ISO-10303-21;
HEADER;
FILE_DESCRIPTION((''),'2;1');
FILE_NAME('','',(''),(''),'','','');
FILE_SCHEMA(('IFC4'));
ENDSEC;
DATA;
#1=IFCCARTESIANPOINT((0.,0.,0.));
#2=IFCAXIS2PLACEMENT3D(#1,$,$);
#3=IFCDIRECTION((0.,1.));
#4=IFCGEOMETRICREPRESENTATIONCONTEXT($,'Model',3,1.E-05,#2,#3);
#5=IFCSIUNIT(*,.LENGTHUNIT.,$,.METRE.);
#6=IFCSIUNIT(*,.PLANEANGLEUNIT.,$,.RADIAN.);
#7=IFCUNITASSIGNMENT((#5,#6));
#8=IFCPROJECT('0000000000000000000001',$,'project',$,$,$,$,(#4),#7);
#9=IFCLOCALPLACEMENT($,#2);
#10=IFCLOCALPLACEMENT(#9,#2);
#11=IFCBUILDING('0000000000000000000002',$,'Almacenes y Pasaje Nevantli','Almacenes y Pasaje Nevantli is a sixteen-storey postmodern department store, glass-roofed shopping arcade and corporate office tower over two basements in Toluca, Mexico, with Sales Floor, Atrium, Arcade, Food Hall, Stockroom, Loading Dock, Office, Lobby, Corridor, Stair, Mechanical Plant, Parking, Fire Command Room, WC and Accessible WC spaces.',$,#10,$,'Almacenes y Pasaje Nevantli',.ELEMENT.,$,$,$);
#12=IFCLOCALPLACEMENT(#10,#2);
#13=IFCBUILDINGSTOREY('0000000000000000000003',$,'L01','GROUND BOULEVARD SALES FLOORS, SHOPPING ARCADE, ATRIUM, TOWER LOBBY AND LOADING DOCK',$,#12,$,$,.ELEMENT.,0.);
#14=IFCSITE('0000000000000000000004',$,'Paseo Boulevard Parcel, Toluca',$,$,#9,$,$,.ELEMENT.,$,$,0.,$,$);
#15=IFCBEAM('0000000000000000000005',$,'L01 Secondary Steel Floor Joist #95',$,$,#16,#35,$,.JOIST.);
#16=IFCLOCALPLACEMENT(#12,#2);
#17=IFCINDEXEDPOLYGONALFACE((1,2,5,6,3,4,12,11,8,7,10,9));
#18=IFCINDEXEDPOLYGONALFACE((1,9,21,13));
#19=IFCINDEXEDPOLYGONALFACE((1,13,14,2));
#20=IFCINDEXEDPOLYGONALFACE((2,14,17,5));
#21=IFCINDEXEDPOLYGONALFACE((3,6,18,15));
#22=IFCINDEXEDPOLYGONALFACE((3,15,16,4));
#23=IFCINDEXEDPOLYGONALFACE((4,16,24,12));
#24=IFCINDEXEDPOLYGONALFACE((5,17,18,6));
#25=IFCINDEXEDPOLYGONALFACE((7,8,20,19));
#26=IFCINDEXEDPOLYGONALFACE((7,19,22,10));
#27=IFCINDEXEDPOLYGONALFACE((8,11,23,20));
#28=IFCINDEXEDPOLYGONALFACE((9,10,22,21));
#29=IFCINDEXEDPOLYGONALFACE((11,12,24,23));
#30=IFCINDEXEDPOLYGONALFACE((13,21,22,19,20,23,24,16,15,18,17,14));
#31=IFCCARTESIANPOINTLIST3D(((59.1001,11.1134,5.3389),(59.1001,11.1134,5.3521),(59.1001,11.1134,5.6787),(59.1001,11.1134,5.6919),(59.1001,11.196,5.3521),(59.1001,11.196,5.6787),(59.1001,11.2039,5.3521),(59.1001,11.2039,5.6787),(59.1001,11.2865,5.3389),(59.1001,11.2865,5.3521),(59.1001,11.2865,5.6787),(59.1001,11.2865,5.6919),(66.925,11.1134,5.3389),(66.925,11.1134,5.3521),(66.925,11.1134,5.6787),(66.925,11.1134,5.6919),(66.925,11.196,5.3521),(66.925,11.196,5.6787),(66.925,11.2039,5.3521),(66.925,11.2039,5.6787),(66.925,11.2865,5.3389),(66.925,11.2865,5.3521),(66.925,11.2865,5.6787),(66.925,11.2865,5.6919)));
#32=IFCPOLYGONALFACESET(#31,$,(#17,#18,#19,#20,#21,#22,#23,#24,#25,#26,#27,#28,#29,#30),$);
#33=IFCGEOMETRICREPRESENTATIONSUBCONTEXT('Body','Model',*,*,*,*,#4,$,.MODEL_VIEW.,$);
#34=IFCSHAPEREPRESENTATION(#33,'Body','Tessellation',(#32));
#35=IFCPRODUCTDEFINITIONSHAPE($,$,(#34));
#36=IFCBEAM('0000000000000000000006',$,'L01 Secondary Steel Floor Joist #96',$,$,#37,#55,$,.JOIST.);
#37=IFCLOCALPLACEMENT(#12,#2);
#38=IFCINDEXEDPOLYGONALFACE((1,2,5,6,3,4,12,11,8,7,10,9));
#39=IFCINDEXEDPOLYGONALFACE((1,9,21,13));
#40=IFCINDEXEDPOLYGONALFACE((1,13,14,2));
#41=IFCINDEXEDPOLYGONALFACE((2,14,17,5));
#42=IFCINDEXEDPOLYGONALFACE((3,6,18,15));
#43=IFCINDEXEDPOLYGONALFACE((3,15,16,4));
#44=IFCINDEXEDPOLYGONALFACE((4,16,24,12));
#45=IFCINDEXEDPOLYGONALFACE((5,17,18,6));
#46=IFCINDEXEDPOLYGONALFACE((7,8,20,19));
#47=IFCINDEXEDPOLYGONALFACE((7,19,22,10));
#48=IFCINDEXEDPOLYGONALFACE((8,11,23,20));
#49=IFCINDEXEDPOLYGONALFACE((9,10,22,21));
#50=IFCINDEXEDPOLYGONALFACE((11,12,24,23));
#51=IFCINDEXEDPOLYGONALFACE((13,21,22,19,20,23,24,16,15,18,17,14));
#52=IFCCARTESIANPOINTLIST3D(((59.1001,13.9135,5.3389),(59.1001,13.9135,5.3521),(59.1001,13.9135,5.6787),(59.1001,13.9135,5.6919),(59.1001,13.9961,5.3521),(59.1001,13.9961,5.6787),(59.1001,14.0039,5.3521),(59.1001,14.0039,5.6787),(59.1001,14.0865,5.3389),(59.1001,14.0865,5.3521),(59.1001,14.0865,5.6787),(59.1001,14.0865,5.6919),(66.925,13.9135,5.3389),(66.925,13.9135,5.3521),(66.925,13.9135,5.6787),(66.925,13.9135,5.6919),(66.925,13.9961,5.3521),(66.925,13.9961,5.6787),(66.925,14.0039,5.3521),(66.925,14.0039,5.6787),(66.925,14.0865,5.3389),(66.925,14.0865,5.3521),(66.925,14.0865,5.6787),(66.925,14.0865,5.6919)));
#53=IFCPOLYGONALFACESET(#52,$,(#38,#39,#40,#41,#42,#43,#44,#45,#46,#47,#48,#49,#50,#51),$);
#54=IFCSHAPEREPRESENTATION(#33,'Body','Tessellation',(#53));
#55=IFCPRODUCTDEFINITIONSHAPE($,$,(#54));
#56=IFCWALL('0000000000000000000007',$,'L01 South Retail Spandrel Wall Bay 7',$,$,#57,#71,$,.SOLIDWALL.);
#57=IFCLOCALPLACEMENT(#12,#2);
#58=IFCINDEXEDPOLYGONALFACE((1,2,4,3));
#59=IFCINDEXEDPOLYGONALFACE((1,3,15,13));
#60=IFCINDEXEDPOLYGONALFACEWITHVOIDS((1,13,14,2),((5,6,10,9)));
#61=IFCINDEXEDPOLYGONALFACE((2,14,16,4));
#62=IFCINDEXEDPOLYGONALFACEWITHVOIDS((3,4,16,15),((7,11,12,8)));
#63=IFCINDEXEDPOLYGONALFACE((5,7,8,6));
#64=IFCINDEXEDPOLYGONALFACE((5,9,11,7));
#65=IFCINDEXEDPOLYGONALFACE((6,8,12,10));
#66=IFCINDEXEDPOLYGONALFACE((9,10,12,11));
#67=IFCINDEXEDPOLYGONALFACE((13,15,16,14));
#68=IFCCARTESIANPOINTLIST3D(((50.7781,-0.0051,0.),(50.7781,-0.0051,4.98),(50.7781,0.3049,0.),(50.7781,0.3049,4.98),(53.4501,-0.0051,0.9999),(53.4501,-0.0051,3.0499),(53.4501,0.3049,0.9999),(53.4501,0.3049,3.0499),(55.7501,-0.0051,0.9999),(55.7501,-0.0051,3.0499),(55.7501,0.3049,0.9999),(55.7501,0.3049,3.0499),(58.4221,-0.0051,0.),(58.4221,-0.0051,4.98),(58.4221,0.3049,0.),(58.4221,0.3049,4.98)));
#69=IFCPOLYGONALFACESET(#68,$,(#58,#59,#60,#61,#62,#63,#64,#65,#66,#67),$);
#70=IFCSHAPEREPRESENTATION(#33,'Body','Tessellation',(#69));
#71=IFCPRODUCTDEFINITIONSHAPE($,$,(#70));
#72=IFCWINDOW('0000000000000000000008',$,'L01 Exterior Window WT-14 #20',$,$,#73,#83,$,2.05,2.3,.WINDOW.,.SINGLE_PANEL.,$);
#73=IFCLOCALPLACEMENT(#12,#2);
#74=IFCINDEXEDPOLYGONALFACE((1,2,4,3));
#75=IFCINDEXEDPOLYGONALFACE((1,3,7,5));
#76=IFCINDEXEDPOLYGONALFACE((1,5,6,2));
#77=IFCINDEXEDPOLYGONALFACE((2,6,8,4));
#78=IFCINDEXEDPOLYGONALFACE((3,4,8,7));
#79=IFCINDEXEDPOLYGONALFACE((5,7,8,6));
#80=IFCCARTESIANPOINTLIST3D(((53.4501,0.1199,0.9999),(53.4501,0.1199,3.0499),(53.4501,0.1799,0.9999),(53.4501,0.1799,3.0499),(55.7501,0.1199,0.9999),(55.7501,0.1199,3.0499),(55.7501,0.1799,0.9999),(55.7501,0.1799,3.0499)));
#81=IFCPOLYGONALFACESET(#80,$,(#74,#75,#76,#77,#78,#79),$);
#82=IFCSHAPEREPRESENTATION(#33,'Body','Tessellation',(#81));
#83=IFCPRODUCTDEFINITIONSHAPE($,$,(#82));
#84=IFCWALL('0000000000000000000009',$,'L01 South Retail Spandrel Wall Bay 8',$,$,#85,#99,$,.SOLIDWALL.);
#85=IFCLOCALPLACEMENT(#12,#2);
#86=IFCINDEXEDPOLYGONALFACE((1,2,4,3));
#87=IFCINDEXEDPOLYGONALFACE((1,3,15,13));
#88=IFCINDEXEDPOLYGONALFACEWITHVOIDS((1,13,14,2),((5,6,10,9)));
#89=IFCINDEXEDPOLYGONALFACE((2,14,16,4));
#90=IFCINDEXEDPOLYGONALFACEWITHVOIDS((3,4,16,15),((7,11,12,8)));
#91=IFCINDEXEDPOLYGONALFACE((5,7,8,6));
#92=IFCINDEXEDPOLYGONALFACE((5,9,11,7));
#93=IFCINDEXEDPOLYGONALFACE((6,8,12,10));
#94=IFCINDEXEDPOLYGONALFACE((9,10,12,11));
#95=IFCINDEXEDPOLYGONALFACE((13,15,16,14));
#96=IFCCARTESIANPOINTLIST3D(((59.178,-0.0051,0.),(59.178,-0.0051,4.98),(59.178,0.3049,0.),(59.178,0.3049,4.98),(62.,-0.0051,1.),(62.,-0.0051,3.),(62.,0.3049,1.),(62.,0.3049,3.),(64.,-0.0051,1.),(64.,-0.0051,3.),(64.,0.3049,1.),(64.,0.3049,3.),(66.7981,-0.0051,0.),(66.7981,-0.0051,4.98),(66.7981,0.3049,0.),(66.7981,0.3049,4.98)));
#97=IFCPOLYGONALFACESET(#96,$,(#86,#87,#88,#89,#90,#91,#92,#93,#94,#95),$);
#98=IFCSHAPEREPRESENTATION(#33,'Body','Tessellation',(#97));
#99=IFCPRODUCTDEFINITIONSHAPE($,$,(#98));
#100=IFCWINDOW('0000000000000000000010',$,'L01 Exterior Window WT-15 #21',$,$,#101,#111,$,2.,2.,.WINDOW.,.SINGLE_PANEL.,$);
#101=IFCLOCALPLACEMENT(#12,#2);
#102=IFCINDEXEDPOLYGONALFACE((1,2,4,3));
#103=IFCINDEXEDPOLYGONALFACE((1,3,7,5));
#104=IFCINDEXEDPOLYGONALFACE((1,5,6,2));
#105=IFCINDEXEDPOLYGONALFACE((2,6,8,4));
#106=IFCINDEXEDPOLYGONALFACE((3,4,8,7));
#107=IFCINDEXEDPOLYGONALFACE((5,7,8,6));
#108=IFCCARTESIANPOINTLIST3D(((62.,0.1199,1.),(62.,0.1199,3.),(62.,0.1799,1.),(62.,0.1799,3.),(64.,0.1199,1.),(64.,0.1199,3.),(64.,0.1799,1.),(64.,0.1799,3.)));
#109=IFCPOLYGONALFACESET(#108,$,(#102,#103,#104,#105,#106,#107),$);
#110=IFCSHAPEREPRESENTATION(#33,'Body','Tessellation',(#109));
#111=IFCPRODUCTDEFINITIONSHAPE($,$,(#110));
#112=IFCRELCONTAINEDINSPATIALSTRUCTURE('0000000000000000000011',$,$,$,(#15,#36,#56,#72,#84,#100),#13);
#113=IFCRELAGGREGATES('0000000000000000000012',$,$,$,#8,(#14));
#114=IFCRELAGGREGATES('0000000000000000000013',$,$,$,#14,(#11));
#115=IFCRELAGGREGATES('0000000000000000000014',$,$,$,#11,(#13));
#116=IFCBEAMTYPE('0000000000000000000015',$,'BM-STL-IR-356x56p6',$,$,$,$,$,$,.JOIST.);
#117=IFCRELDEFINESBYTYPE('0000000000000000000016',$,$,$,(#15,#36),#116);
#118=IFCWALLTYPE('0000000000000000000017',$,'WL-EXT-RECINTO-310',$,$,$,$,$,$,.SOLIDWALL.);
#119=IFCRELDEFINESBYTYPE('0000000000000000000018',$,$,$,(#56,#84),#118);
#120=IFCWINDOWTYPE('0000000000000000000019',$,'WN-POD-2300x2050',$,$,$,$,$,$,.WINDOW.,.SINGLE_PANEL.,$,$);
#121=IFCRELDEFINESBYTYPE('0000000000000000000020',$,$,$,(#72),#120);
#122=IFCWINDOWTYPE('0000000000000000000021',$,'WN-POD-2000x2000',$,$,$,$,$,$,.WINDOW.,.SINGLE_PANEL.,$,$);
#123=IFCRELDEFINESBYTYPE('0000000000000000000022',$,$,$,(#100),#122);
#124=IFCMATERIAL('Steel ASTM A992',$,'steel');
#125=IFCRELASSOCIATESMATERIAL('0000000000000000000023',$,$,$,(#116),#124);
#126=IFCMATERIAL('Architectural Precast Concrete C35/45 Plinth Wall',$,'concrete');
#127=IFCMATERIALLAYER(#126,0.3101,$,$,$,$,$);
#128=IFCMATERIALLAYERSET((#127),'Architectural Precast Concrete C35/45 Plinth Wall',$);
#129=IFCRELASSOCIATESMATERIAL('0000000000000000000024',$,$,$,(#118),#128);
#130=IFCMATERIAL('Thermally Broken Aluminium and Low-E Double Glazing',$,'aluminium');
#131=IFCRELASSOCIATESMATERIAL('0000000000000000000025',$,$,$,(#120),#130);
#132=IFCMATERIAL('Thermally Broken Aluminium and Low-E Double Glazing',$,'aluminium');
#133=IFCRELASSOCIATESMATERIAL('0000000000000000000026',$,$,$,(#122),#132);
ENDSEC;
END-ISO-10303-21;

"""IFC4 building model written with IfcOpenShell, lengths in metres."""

from ifc_helpers import new_model, si_unit, direction, frame, frame_2d, origin, origin_2d, place, context, subcontext, project, spatial, rectangle, i_section, extrude, material, layer, layer_set, material_profile, profile_set, type_object, element, fill, save


model = new_model("IFC4")

# Units and contexts
model_context = context("Model", 3, precision=1e-05, world=origin(), true_north=direction((0.0, 1.0)))
body_context = subcontext(model_context, "Body", "Model", "MODEL_VIEW")
ifc_project = project(units=[si_unit("LENGTHUNIT", "METRE"), si_unit("PLANEANGLEUNIT", "RADIAN")], contexts=[model_context])

# Site, building, storey
site_placement = place(None, origin())
site = spatial("IfcSite", under=ifc_project, at=site_placement, Name="Paseo Boulevard Parcel, Toluca", CompositionType="ELEMENT", RefElevation=0.0)
building_placement = place(site_placement, origin())
building = spatial("IfcBuilding", under=site, at=building_placement, Name="Almacenes y Pasaje Nevantli", Description="Almacenes y Pasaje Nevantli is a sixteen-storey postmodern department store, glass-roofed shopping arcade and corporate office tower over two basements in Toluca, Mexico, with Sales Floor, Atrium, Arcade, Food Hall, Stockroom, Loading Dock, Office, Lobby, Corridor, Stair, Mechanical Plant, Parking, Fire Command Room, WC and Accessible WC spaces.", LongName="Almacenes y Pasaje Nevantli", CompositionType="ELEMENT")
storey_placement = place(building_placement, origin())
storey = spatial("IfcBuildingStorey", under=building, at=storey_placement, Name="L01", Description="GROUND BOULEVARD SALES FLOORS, SHOPPING ARCADE, ATRIUM, TOWER LOBBY AND LOADING DOCK", CompositionType="ELEMENT", Elevation=0.0)

# Beams
ifc_material_1 = material(Name="Steel ASTM A992", Category="steel")
ifc_material_profile_1 = material_profile(ifc_material_1, i_section(OverallWidth=0.1731, OverallDepth=0.353, WebThickness=0.0078, FlangeThickness=0.0132, at=origin_2d()), Name="IR 356x56.6")
ifc_profile_set_1 = profile_set([ifc_material_profile_1], Name="Steel ASTM A992")
beam_type_1 = type_object("IfcBeamType", Name="BM-STL-IR-356x56p6", PredefinedType="JOIST", material=ifc_profile_set_1)
for number, where, z_axis, x_axis, name in (
    (1, (59.1001, 11.2, 5.5154), (1.0, 0.0, 0.0), (0.0, 1.0, 0.0), "L01 Secondary Steel Floor Joist #95"),
    (2, (59.1001, 14.0, 5.5154), (1.0, 0.0, 0.0), (0.0, 1.0, 0.0), "L01 Secondary Steel Floor Joist #96"),
):
    element("IfcBeam", number, at=place(storey_placement, frame(where, z_axis=z_axis, x_axis=x_axis)), inside=storey, type_object=beam_type_1, Name=name, PredefinedType="JOIST", context=body_context, shape_type="SweptSolid", body=[
        extrude(i_section(OverallWidth=0.1731, OverallDepth=0.353, WebThickness=0.0078, FlangeThickness=0.0132, at=origin_2d()), origin(), (0.0, 0.0, 1.0), 7.825),
    ])

# Walls, openings, windows
ifc_material_2 = material(Name="Architectural Precast Concrete C35/45 Plinth Wall", Category="concrete")
ifc_layer_1 = layer(ifc_material_2, 0.3101)
ifc_layer_set_1 = layer_set([ifc_layer_1], Name="Architectural Precast Concrete C35/45 Plinth Wall")
wall_type = type_object("IfcWallType", Name="WL-EXT-RECINTO-310", PredefinedType="SOLIDWALL", material=ifc_layer_set_1)
wall_1_placement = place(storey_placement, frame((50.7781, 0.1499, 0.0), z_axis=(0.0, 0.0, 1.0), x_axis=(1.0, 0.0, 0.0)))
wall_1 = element("IfcWall", 3, at=wall_1_placement, inside=storey, type_object=wall_type, Name="L01 South Retail Spandrel Wall Bay 7", PredefinedType="SOLIDWALL", context=body_context, shape_type="SweptSolid", body=[
    extrude(rectangle(XDim=7.644, YDim=0.3101, at=frame_2d((3.822, 0.0))), origin(), (0.0, 0.0, 1.0), 4.98),
])
opening_1_placement = place(wall_1_placement, frame((2.6721, 0.0, 1.0)))
opening_1 = element("IfcOpeningElement", 4, at=opening_1_placement, cuts=wall_1, PredefinedType="OPENING", context=body_context, shape_type="SweptSolid", body=[
    extrude(rectangle(XDim=2.3, YDim=2.05, at=frame_2d((1.1499, 1.0249))), frame((0.0, 0.165, 0.0), z_axis=(0.0, -1.0, 0.0), x_axis=(1.0, 0.0, 0.0)), (0.0, 0.0, 1.0), 0.3301),
])
ifc_material_3 = material(Name="Thermally Broken Aluminium and Low-E Double Glazing", Category="aluminium")
window_type_1 = type_object("IfcWindowType", Name="WN-POD-2300x2050", PartitioningType="SINGLE_PANEL", PredefinedType="WINDOW", material=ifc_material_3)
window_1_placement = place(opening_1_placement, origin())
window_1 = element("IfcWindow", 5, at=window_1_placement, inside=storey, type_object=window_type_1, Name="L01 Exterior Window WT-14 #20", OverallHeight=2.05, OverallWidth=2.3, PartitioningType="SINGLE_PANEL", PredefinedType="WINDOW", context=body_context, shape_type="SweptSolid", body=[
    extrude(rectangle(XDim=2.3, YDim=2.05, at=frame_2d((1.1499, 1.0249))), frame((0.0, 0.03, 0.0), z_axis=(0.0, -1.0, 0.0), x_axis=(1.0, 0.0, 0.0)), (0.0, 0.0, 1.0), 0.0601),
])
fill(opening_1, window_1)
wall_2_placement = place(storey_placement, frame((59.178, 0.1499, 0.0), z_axis=(0.0, 0.0, 1.0), x_axis=(1.0, 0.0, 0.0)))
wall_2 = element("IfcWall", 6, at=wall_2_placement, inside=storey, type_object=wall_type, Name="L01 South Retail Spandrel Wall Bay 8", PredefinedType="SOLIDWALL", context=body_context, shape_type="SweptSolid", body=[
    extrude(rectangle(XDim=7.6201, YDim=0.3101, at=frame_2d((3.8101, 0.0))), origin(), (0.0, 0.0, 1.0), 4.98),
])
opening_2_placement = place(wall_2_placement, frame((2.822, 0.0, 1.0)))
opening_2 = element("IfcOpeningElement", 7, at=opening_2_placement, cuts=wall_2, PredefinedType="OPENING", context=body_context, shape_type="SweptSolid", body=[
    extrude(rectangle(XDim=2.0, YDim=2.0, at=frame_2d((1.0, 1.0))), frame((0.0, 0.165, 0.0), z_axis=(0.0, -1.0, 0.0), x_axis=(1.0, 0.0, 0.0)), (0.0, 0.0, 1.0), 0.3301),
])
ifc_material_4 = material(Name="Thermally Broken Aluminium and Low-E Double Glazing", Category="aluminium")
window_type_2 = type_object("IfcWindowType", Name="WN-POD-2000x2000", PartitioningType="SINGLE_PANEL", PredefinedType="WINDOW", material=ifc_material_4)
window_2_placement = place(opening_2_placement, origin())
window_2 = element("IfcWindow", 8, at=window_2_placement, inside=storey, type_object=window_type_2, Name="L01 Exterior Window WT-15 #21", OverallHeight=2.0, OverallWidth=2.0, PartitioningType="SINGLE_PANEL", PredefinedType="WINDOW", context=body_context, shape_type="SweptSolid", body=[
    extrude(rectangle(XDim=2.0, YDim=2.0, at=frame_2d((1.0, 1.0))), frame((0.0, 0.03, 0.0), z_axis=(0.0, -1.0, 0.0), x_axis=(1.0, 0.0, 0.0)), (0.0, 0.0, 1.0), 0.0601),
])
fill(opening_2, window_2)

save(model, "model.ifc")
